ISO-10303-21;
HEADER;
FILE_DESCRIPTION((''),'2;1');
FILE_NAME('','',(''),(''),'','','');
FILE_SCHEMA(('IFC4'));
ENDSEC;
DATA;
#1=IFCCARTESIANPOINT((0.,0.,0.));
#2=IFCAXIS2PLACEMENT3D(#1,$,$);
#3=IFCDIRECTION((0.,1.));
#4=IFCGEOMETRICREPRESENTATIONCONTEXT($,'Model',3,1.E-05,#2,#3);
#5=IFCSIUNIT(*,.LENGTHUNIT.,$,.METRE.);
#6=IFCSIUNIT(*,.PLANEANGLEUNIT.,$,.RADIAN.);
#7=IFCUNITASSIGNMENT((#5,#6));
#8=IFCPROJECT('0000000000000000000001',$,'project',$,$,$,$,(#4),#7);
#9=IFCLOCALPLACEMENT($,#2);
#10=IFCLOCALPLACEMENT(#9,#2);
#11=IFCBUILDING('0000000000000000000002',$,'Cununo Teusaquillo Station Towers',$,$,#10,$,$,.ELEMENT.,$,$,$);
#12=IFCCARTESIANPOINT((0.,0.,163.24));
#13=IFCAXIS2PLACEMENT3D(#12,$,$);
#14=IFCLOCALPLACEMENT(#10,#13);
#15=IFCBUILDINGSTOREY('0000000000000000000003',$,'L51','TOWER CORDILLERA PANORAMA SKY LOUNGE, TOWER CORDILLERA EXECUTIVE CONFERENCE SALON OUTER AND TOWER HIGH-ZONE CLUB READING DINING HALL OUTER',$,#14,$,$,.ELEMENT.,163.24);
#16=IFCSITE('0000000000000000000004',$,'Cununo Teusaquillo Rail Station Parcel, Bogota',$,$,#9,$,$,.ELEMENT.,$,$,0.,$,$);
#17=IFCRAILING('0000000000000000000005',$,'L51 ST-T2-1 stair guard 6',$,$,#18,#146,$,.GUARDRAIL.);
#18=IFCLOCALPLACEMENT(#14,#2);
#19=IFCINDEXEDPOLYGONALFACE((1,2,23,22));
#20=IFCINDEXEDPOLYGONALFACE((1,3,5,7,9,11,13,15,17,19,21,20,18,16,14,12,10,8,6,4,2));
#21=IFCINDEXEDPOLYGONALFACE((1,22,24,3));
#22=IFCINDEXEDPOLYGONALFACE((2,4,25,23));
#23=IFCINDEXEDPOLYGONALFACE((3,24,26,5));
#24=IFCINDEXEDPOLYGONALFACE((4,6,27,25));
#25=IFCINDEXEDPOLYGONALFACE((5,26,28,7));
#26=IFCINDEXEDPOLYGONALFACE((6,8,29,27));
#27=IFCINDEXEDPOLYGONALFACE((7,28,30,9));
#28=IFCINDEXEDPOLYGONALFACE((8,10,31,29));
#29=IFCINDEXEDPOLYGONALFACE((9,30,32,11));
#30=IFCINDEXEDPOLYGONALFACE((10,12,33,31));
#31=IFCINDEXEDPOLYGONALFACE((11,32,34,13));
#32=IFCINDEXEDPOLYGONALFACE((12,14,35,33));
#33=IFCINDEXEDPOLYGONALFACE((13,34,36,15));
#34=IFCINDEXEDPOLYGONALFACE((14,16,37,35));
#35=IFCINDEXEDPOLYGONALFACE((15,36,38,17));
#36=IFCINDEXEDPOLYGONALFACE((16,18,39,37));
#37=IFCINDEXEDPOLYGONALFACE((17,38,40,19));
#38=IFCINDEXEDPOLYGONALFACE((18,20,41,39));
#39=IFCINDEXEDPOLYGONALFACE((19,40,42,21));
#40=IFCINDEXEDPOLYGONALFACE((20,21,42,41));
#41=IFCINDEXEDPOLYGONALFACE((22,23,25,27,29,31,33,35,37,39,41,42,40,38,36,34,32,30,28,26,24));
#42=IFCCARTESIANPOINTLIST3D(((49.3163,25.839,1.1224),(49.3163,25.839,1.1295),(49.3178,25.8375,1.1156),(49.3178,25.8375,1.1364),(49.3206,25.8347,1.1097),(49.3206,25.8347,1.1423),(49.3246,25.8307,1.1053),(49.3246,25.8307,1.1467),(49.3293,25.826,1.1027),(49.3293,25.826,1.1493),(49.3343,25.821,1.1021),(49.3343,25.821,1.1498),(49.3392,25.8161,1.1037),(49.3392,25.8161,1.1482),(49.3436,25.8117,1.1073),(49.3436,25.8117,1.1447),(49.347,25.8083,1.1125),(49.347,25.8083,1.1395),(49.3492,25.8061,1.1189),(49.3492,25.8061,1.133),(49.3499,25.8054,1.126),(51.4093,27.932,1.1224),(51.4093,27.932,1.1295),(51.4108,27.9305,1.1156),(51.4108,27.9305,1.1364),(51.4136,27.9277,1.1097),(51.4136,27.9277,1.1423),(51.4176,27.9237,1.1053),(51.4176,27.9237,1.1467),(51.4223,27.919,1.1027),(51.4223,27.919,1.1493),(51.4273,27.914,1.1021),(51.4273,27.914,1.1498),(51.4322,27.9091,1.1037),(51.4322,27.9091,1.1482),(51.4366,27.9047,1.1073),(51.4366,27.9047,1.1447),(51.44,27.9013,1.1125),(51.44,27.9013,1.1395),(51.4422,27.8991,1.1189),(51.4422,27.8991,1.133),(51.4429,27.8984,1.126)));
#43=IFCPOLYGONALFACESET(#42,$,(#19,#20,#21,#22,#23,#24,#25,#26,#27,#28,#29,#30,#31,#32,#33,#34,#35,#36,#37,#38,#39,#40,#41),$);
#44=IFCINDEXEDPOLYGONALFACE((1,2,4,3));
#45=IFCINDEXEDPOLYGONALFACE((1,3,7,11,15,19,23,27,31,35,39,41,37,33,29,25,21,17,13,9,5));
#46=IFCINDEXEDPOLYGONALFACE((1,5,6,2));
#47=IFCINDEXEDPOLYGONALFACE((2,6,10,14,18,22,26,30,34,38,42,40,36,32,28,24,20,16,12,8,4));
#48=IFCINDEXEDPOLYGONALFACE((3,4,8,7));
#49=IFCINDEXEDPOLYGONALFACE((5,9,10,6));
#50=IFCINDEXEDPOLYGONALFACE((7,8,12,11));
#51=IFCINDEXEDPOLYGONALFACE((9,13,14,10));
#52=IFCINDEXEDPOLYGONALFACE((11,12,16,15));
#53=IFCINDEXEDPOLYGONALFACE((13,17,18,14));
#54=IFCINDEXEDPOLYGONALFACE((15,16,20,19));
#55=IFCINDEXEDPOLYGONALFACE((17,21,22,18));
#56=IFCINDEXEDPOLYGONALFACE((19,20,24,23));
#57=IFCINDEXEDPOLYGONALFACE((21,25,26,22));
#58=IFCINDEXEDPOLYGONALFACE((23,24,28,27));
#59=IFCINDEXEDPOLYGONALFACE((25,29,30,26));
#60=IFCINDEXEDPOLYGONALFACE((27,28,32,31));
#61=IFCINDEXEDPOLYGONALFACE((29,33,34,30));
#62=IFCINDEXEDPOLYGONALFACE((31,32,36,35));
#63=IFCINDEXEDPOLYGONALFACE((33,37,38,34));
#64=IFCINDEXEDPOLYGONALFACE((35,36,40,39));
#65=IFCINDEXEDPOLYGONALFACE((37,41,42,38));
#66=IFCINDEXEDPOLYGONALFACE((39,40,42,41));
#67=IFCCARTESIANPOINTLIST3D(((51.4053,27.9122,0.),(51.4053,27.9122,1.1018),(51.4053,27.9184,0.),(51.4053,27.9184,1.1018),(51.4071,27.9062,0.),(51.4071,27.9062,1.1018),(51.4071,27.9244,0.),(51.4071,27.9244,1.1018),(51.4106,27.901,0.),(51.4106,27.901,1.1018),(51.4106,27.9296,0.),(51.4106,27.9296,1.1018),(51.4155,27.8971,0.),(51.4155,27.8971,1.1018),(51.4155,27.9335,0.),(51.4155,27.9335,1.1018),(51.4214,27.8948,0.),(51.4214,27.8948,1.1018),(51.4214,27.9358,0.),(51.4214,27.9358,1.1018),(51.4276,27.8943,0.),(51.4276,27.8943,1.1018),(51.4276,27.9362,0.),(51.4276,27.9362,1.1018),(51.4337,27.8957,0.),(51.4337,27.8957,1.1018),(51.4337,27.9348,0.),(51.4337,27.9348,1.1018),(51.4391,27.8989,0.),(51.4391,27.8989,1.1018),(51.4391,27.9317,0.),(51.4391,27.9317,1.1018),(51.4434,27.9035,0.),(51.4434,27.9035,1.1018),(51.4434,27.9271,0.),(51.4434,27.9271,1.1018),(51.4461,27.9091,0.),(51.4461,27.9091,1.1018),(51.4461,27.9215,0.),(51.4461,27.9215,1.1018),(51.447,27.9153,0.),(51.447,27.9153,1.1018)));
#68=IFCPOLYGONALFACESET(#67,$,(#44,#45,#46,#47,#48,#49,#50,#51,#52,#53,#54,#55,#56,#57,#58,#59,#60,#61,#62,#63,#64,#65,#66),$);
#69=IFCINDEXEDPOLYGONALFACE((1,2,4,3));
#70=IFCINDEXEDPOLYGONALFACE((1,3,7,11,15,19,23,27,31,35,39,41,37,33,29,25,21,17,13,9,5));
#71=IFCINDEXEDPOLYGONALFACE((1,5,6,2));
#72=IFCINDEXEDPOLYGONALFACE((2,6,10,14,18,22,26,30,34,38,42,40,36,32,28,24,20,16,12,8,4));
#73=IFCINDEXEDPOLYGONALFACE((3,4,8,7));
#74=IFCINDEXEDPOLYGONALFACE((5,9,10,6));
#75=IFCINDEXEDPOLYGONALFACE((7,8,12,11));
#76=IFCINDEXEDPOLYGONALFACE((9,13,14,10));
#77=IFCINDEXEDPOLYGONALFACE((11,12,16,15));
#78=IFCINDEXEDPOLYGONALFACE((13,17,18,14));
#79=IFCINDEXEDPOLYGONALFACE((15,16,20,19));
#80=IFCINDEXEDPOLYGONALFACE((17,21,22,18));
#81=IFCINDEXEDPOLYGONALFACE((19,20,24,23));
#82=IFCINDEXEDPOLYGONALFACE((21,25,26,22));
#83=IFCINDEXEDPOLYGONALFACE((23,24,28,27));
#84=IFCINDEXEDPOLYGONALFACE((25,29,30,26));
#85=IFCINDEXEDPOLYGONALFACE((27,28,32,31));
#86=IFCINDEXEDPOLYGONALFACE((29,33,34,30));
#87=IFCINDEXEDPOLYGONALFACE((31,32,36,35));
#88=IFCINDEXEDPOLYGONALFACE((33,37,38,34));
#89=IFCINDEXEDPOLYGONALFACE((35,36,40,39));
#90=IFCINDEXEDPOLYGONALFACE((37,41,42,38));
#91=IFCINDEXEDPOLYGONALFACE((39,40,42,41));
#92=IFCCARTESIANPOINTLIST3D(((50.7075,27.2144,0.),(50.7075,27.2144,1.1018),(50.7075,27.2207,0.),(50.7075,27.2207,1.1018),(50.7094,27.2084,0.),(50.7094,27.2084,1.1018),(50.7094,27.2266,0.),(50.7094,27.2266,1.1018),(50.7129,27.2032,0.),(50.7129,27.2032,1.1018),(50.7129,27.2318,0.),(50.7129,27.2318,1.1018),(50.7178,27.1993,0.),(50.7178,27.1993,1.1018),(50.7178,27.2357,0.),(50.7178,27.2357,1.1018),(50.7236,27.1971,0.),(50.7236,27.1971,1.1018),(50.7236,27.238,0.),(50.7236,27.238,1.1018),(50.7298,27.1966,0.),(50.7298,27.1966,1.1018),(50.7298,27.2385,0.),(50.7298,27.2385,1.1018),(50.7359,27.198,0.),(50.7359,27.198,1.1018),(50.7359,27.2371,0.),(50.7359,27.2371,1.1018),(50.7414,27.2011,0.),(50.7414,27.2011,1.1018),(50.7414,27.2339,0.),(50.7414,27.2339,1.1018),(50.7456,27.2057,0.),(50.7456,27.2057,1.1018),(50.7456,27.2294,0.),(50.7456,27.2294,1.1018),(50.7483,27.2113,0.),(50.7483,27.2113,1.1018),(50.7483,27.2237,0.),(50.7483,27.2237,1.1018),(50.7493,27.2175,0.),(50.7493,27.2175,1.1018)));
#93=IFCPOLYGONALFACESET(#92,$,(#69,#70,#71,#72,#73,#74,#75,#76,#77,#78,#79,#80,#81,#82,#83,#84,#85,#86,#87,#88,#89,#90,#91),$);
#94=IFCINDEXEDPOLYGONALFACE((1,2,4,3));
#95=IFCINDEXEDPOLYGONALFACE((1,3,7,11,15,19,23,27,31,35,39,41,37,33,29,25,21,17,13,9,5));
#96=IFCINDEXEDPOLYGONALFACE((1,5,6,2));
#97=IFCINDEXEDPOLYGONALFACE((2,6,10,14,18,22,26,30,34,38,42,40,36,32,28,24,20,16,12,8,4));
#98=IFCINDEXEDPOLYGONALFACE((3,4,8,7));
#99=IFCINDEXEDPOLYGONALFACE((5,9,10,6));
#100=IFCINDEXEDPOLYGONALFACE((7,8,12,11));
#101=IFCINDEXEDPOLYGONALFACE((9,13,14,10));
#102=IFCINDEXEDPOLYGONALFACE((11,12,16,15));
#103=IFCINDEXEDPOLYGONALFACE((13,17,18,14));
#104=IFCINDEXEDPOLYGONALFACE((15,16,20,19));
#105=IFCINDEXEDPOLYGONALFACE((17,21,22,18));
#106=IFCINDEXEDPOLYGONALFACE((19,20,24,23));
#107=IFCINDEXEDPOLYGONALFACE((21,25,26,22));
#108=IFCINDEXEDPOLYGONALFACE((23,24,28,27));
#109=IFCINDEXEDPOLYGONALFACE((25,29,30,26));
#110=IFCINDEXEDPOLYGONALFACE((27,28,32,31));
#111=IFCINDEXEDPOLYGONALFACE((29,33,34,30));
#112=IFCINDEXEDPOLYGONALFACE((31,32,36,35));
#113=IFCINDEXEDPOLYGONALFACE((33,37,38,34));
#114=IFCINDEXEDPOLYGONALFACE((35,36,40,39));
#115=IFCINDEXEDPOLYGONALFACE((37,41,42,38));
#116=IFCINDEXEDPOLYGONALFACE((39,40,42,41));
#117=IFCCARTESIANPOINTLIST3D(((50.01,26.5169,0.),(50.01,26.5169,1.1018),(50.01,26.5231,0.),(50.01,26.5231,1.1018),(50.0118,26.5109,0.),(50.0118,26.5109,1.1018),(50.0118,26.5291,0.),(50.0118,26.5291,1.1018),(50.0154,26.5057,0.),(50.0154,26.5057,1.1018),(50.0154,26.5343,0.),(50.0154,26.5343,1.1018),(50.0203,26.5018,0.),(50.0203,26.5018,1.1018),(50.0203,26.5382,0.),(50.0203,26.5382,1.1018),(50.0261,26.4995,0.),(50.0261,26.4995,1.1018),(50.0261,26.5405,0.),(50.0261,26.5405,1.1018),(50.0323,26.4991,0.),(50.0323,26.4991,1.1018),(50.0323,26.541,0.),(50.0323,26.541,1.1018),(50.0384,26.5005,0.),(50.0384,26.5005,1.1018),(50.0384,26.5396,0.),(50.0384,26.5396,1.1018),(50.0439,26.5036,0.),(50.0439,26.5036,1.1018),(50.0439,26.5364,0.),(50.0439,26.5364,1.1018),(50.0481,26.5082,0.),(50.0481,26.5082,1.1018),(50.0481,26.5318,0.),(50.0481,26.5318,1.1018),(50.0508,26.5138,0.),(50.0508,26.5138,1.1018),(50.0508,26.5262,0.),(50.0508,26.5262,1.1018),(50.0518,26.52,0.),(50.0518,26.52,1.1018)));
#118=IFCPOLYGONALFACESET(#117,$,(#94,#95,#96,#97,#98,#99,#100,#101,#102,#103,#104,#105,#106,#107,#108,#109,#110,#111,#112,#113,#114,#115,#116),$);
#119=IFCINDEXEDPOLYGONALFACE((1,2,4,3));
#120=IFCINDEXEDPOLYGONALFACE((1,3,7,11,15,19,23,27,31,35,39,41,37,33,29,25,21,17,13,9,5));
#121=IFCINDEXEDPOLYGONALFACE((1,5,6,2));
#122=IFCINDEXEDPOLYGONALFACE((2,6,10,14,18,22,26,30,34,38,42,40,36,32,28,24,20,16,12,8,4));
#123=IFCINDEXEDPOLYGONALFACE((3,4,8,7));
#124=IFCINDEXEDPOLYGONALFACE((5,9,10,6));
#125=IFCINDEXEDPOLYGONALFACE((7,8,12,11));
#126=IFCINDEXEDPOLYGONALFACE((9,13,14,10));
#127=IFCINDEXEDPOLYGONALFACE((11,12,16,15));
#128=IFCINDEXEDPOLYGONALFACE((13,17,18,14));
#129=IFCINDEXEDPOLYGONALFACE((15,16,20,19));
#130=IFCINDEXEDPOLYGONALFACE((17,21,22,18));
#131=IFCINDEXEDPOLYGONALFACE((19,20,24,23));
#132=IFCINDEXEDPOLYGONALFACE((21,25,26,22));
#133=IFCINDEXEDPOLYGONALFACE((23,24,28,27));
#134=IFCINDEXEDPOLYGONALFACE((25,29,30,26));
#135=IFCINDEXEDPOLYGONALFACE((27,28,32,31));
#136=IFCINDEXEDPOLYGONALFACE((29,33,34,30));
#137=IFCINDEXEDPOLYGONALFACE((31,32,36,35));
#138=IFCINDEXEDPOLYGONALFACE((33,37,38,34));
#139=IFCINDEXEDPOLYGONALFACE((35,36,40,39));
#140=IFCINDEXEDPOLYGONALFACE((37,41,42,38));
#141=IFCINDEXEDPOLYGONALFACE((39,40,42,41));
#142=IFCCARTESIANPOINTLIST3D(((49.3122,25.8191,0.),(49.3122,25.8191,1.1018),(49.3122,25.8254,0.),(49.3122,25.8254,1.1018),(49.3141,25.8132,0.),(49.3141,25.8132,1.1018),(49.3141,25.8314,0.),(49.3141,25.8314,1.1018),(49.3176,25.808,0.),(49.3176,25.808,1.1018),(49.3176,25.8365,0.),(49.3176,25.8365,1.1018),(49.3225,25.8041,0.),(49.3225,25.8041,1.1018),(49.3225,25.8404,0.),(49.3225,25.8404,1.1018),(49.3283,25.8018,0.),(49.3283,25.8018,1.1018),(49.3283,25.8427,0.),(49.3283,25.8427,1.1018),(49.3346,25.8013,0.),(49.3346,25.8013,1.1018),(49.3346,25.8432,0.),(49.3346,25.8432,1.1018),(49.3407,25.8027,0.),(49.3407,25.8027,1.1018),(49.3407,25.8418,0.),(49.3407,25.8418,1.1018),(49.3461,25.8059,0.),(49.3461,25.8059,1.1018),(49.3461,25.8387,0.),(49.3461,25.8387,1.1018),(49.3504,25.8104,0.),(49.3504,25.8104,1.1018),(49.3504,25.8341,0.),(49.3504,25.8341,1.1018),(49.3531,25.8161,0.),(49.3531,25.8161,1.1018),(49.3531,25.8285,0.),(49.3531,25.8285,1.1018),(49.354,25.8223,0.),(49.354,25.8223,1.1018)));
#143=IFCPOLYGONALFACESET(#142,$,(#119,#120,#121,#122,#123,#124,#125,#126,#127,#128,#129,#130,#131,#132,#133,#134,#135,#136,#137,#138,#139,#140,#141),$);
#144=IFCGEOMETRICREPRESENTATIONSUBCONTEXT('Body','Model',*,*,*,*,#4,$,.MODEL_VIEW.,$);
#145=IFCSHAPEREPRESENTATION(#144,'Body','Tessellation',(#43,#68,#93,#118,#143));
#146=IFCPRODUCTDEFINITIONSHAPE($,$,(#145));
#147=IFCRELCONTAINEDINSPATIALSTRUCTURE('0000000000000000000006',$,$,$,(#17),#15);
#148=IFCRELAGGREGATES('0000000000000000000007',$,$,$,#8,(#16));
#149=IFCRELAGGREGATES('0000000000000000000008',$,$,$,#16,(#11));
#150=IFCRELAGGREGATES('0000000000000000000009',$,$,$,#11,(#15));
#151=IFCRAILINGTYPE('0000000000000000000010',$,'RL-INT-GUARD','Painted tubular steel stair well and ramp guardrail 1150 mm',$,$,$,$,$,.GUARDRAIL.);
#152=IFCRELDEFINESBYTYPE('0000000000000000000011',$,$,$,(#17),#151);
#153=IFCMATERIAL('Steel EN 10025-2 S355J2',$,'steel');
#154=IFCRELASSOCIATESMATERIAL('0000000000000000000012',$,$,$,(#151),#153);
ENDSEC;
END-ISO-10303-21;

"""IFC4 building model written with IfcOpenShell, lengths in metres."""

from ifc_helpers import new_model, si_unit, direction, frame, origin, origin_2d, place, context, subcontext, project, spatial, circle, extrude, material, type_object, element, save


model = new_model("IFC4")

# Units and contexts
model_context = context("Model", 3, precision=1e-05, world=origin(), true_north=direction((0.0, 1.0)))
body_context = subcontext(model_context, "Body", "Model", "MODEL_VIEW")
ifc_project = project(units=[si_unit("LENGTHUNIT", "METRE"), si_unit("PLANEANGLEUNIT", "RADIAN")], contexts=[model_context])

# Site, building, storey
site_placement = place(None, origin())
site = spatial("IfcSite", under=ifc_project, at=site_placement, Name="Cununo Teusaquillo Rail Station Parcel, Bogota", CompositionType="ELEMENT", RefElevation=0.0)
building_placement = place(site_placement, origin())
building = spatial("IfcBuilding", under=site, at=building_placement, Name="Cununo Teusaquillo Station Towers", CompositionType="ELEMENT")
storey_placement = place(building_placement, frame((0.0, 0.0, 163.24)))
storey = spatial("IfcBuildingStorey", under=building, at=storey_placement, Name="L51", Description="TOWER CORDILLERA PANORAMA SKY LOUNGE, TOWER CORDILLERA EXECUTIVE CONFERENCE SALON OUTER AND TOWER HIGH-ZONE CLUB READING DINING HALL OUTER", CompositionType="ELEMENT", Elevation=163.24)

# Railing
ifc_material_1 = material(Name="Steel EN 10025-2 S355J2", Category="steel")
railing_type = type_object("IfcRailingType", Name="RL-INT-GUARD", Description="Painted tubular steel stair well and ramp guardrail 1150 mm", PredefinedType="GUARDRAIL", material=ifc_material_1)
railing_1_placement = place(storey_placement, frame((51.426, 27.9153, 0.0)))
element("IfcRailing", 1, at=railing_1_placement, inside=storey, type_object=railing_type, Name="L51 ST-T2-1 stair guard 6", PredefinedType="GUARDRAIL", context=body_context, shape_type="SweptSolid", body=[
    extrude(circle(Radius=0.0239, at=origin_2d()), frame((0.0, 0.0, 1.126), z_axis=(-0.707107, -0.707107, 0.0), x_axis=(0.707107, -0.707107, 0.0)), (0.0, 0.0, 1.0), 2.96),
    extrude(circle(Radius=0.021, at=origin_2d()), origin(), (0.0, 0.0, 1.0), 1.1018),
    extrude(circle(Radius=0.021, at=origin_2d()), frame((-0.6978, -0.6978, 0.0)), (0.0, 0.0, 1.0), 1.1018),
    extrude(circle(Radius=0.021, at=origin_2d()), frame((-1.3953, -1.3953, 0.0)), (0.0, 0.0, 1.0), 1.1018),
    extrude(circle(Radius=0.021, at=origin_2d()), frame((-2.093, -2.093, 0.0)), (0.0, 0.0, 1.0), 1.1018),
])

save(model, "model.ifc")
